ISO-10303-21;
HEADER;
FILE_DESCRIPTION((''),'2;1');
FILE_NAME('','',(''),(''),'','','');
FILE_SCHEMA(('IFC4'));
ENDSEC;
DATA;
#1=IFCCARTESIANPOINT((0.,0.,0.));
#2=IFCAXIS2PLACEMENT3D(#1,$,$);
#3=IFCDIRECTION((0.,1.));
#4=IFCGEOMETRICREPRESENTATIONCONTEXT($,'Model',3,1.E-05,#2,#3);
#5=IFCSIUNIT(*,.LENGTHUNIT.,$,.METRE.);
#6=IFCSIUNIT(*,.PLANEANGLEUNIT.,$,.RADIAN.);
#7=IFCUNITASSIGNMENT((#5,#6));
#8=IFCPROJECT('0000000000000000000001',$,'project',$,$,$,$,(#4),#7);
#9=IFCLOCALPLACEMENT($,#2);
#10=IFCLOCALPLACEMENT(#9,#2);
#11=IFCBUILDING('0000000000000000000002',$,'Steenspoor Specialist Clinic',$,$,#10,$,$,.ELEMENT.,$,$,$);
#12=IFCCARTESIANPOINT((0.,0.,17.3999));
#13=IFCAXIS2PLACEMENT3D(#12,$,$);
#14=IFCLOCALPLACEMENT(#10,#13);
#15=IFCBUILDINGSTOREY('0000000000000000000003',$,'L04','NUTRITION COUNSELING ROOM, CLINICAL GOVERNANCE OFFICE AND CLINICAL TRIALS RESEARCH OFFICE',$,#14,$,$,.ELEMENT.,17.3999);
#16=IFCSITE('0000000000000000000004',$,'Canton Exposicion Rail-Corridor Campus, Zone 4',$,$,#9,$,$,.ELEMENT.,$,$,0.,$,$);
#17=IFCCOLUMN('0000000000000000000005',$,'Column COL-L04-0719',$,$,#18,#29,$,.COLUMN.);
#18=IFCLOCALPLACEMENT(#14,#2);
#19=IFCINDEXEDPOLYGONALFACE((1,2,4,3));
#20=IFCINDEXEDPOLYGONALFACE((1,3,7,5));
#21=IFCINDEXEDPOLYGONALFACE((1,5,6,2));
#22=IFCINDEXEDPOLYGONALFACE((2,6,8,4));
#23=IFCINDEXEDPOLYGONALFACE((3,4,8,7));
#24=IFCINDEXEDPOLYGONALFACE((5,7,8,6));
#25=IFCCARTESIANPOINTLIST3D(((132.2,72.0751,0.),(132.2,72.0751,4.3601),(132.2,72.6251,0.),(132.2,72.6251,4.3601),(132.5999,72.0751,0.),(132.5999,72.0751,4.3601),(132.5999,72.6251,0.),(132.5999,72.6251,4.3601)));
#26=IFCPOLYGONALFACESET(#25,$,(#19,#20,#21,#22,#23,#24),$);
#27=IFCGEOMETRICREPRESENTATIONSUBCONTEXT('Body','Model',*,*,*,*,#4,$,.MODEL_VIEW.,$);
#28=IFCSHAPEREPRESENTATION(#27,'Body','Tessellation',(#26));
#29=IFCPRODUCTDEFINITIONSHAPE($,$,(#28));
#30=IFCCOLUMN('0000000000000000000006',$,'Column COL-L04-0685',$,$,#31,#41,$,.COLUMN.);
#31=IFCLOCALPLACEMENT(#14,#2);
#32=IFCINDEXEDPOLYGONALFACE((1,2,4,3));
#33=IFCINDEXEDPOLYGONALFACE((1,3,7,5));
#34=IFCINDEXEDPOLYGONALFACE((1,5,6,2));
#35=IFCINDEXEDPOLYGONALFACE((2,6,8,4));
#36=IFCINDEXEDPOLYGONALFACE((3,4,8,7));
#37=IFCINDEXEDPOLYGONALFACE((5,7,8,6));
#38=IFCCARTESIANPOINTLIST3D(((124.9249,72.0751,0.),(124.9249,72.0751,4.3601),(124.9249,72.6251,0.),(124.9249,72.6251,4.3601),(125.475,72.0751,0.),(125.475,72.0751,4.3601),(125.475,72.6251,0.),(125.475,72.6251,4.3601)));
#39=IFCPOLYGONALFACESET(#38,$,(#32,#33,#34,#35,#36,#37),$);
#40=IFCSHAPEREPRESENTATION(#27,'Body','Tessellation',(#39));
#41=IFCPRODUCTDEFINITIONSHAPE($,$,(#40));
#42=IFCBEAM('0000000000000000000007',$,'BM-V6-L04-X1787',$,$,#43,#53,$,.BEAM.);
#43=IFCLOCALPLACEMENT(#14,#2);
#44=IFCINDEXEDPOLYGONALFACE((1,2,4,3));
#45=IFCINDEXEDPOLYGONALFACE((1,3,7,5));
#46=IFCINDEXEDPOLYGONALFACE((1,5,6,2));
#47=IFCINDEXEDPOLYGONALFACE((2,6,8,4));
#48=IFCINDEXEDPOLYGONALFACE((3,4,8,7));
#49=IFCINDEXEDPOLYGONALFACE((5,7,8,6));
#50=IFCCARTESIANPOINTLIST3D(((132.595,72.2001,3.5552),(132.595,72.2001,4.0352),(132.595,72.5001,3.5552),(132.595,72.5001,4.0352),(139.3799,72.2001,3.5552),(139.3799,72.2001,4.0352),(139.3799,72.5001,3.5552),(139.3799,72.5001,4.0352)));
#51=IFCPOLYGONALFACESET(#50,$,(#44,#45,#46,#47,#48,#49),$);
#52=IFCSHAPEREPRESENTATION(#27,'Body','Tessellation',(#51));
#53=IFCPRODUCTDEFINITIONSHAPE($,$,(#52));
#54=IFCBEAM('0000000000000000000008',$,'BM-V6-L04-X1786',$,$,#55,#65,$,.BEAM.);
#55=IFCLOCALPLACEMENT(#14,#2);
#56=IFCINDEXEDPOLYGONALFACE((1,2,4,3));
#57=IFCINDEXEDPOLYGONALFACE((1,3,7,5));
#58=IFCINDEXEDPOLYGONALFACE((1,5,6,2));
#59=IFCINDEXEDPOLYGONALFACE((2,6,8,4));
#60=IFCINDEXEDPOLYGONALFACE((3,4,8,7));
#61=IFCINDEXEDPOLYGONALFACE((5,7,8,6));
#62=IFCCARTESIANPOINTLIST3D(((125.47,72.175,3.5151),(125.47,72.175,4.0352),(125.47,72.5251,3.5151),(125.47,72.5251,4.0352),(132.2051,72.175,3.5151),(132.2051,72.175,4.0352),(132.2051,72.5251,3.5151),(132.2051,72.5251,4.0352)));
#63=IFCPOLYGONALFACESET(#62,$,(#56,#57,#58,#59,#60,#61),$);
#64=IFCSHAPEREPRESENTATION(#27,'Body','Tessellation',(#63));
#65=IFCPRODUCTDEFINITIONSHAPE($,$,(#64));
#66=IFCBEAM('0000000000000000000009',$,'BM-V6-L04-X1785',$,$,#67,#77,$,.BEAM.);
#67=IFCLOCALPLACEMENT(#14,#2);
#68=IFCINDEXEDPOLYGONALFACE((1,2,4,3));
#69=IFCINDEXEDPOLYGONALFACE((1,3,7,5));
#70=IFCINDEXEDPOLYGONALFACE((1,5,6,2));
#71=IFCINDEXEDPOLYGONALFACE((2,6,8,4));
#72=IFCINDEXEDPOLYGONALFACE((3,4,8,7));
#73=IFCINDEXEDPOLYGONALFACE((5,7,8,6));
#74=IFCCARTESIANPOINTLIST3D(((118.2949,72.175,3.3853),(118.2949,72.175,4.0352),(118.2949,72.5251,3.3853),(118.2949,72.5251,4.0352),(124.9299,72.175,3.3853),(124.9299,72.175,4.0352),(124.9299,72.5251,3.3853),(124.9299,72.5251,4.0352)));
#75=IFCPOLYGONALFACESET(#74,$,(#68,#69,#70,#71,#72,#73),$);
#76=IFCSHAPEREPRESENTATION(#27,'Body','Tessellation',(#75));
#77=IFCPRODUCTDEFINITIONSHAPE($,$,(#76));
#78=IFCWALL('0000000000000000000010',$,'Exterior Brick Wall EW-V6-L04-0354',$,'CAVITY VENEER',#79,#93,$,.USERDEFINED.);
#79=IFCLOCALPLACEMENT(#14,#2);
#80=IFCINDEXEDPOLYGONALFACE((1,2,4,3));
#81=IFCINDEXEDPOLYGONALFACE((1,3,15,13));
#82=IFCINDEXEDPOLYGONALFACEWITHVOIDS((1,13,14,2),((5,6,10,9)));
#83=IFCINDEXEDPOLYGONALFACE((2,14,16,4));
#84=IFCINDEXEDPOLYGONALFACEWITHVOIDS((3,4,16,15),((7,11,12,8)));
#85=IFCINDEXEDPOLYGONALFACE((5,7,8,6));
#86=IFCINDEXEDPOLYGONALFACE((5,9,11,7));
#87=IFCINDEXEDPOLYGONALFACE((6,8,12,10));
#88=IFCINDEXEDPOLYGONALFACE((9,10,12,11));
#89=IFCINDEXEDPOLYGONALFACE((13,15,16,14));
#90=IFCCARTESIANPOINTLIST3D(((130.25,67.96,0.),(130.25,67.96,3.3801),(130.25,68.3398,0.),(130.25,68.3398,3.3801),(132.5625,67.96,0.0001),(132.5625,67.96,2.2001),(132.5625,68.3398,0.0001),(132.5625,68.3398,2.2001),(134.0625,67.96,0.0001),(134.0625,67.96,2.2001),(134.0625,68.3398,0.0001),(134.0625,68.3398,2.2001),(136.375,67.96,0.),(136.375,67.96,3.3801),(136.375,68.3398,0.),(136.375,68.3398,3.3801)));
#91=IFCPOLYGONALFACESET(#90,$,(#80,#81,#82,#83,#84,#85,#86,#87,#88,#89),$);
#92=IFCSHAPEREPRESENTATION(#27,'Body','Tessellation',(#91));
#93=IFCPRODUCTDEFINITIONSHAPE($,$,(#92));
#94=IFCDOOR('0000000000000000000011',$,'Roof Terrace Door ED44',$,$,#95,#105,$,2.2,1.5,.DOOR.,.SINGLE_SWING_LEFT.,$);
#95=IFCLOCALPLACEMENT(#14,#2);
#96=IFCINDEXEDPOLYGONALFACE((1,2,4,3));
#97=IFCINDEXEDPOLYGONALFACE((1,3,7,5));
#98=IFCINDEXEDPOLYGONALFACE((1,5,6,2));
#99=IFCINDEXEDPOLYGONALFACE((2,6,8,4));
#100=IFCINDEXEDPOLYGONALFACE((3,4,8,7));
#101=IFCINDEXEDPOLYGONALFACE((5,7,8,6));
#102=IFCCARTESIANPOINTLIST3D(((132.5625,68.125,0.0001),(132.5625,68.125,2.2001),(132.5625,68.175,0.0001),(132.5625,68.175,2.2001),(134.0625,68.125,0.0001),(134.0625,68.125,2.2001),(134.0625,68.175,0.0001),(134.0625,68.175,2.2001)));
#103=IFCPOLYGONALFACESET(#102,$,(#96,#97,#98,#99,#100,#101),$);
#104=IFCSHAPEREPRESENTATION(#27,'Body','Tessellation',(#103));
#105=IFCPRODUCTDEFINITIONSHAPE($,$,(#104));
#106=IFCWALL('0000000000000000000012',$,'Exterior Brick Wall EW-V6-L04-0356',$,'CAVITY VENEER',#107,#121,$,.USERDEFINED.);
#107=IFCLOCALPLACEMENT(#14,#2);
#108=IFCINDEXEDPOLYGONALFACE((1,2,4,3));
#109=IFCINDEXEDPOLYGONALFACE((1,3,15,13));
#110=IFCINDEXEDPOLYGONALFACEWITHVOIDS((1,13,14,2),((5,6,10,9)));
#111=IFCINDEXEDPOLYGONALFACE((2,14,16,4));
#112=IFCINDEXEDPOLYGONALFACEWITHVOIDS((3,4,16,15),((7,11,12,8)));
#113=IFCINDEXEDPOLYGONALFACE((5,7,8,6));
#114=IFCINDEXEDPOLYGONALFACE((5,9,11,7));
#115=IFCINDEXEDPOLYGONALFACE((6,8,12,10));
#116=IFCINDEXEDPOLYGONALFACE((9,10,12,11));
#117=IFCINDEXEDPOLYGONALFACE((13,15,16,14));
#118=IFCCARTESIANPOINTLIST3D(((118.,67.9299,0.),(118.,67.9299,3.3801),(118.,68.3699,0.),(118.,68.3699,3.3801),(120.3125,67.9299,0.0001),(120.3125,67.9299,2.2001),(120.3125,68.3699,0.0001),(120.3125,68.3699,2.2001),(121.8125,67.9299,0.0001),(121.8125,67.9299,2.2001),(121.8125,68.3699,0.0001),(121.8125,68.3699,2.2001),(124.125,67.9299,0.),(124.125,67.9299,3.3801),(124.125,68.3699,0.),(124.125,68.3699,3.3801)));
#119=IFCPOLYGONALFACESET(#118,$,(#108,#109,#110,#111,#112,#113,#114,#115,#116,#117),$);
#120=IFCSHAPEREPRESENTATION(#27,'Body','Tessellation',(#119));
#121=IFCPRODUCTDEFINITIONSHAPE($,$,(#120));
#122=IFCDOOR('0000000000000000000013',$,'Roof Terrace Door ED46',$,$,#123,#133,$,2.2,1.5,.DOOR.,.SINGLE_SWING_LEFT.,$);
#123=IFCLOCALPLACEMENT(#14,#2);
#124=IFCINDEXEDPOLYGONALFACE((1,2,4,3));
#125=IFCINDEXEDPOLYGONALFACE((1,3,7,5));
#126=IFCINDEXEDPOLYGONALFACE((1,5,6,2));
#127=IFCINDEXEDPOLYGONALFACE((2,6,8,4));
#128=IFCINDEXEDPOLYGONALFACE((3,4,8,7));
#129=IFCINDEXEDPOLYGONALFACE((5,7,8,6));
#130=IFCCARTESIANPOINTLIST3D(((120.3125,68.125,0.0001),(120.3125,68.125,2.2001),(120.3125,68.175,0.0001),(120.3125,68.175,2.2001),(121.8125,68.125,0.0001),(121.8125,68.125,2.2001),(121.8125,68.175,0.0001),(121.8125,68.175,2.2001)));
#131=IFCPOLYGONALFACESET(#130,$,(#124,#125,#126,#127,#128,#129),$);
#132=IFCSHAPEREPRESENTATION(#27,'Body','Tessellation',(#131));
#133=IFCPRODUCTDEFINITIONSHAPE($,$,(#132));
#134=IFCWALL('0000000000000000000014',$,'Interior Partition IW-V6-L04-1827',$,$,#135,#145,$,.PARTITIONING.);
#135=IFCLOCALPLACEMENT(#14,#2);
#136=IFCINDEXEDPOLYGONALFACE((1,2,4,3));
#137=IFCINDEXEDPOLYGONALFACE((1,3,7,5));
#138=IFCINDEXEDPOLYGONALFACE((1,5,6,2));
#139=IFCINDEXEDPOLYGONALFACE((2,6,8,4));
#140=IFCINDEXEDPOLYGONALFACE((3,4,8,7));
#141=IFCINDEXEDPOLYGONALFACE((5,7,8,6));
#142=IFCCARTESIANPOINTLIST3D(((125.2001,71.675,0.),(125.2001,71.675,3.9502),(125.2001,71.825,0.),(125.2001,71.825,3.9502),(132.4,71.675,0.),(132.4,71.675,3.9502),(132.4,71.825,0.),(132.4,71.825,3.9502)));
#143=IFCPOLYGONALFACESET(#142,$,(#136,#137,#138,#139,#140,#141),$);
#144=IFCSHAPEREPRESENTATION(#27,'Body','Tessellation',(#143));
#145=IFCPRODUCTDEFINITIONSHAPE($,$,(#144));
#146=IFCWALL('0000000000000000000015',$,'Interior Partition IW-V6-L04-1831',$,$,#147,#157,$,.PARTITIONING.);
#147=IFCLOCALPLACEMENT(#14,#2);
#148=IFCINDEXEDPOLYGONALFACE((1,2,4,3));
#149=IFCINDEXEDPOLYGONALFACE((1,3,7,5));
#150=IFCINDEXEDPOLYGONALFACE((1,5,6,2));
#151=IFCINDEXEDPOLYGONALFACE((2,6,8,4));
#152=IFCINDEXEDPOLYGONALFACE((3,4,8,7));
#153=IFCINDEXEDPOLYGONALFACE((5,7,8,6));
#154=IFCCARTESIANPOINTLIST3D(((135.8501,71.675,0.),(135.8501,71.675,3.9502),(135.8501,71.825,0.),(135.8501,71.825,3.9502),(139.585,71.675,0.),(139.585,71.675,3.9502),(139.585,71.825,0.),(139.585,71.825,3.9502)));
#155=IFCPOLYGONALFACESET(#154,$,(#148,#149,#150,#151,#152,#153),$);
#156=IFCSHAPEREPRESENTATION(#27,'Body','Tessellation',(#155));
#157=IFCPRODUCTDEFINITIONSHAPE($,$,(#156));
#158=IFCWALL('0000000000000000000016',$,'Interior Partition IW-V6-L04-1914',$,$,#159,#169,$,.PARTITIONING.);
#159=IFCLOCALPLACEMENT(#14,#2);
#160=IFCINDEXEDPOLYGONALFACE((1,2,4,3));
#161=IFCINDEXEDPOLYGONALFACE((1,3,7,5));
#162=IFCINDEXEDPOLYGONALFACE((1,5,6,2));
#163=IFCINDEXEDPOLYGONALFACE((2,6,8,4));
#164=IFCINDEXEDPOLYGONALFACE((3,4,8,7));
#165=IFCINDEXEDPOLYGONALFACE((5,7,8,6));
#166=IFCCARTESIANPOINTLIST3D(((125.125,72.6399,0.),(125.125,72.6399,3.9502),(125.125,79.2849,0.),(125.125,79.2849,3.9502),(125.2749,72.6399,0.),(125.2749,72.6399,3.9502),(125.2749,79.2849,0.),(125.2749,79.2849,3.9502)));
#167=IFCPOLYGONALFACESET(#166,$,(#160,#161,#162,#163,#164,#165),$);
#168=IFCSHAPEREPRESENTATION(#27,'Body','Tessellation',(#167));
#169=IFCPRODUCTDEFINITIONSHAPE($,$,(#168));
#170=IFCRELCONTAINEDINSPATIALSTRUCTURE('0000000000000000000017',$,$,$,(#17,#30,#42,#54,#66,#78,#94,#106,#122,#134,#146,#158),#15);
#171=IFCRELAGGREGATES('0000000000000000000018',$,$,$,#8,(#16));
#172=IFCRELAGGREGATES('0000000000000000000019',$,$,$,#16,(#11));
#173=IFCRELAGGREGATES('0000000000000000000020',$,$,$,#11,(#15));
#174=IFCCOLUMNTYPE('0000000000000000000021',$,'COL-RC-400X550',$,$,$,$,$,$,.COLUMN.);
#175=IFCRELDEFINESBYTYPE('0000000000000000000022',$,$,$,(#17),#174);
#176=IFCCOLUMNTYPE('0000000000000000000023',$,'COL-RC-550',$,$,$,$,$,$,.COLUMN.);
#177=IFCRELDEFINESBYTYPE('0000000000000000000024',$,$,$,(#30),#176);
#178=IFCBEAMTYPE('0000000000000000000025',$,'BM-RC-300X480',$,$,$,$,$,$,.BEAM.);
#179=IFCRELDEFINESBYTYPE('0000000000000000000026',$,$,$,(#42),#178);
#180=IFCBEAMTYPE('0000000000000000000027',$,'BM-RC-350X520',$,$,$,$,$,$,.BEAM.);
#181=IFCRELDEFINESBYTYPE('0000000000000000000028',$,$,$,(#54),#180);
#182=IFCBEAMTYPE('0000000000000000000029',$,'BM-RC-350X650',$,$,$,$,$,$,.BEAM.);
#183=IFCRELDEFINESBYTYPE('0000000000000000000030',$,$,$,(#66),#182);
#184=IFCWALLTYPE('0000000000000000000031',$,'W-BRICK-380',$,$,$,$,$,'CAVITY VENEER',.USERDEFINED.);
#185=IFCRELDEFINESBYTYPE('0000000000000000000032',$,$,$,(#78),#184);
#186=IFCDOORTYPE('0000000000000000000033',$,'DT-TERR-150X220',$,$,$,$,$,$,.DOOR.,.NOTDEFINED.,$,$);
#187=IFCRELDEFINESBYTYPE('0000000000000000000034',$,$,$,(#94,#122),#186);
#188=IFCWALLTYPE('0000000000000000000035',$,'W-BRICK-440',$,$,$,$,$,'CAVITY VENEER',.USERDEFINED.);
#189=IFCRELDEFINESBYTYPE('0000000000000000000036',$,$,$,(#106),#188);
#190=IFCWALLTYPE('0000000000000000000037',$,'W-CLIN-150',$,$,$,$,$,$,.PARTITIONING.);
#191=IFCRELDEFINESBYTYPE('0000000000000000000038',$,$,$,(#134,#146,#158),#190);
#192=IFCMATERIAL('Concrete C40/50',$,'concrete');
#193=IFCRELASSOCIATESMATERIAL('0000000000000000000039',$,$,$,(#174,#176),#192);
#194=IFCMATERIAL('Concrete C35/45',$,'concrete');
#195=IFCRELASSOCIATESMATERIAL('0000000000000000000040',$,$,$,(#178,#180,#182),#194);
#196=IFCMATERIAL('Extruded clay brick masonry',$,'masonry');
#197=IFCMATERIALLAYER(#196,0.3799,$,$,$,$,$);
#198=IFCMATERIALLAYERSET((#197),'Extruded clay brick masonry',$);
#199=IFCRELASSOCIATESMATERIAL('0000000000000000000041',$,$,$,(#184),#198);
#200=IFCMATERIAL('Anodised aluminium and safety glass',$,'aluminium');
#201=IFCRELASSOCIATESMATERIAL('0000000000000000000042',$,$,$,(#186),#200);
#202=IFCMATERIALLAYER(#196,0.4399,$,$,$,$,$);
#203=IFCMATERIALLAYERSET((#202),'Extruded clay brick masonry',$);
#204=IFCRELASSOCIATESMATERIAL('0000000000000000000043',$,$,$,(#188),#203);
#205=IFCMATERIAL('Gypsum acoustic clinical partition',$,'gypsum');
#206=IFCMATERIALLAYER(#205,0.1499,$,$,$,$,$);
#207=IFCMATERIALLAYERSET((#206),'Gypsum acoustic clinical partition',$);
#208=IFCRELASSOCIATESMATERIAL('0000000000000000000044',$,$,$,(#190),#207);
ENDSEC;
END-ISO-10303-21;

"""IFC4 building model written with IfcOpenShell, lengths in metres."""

from ifc_helpers import new_model, si_unit, direction, frame, frame_2d, origin, origin_2d, place, context, subcontext, project, spatial, rectangle, extrude, material, layer, layer_set, material_profile, profile_set, type_object, element, fill, save


model = new_model("IFC4")

# Units and contexts
model_context = context("Model", 3, precision=1e-05, world=origin(), true_north=direction((0.0, 1.0)))
body_context = subcontext(model_context, "Body", "Model", "MODEL_VIEW")
ifc_project = project(units=[si_unit("LENGTHUNIT", "METRE"), si_unit("PLANEANGLEUNIT", "RADIAN")], contexts=[model_context])

# Site, building, storey
site_placement = place(None, origin())
site = spatial("IfcSite", under=ifc_project, at=site_placement, Name="Canton Exposicion Rail-Corridor Campus, Zone 4", CompositionType="ELEMENT", RefElevation=0.0)
building_placement = place(site_placement, origin())
building = spatial("IfcBuilding", under=site, at=building_placement, Name="Steenspoor Specialist Clinic", CompositionType="ELEMENT")
storey_placement = place(building_placement, frame((0.0, 0.0, 17.3999)))
storey = spatial("IfcBuildingStorey", under=building, at=storey_placement, Name="L04", Description="NUTRITION COUNSELING ROOM, CLINICAL GOVERNANCE OFFICE AND CLINICAL TRIALS RESEARCH OFFICE", CompositionType="ELEMENT", Elevation=17.3999)

# Columns
ifc_material_1 = material(Name="Concrete C40/50", Category="concrete")
ifc_material_profile_1 = material_profile(ifc_material_1, rectangle(XDim=0.3999, YDim=0.55, at=origin_2d()), Name="RC-COL-400X550")
ifc_profile_set_1 = profile_set([ifc_material_profile_1], Name="Concrete C40/50")
column_type_1 = type_object("IfcColumnType", Name="COL-RC-400X550", PredefinedType="COLUMN", material=ifc_profile_set_1)
column_1_placement = place(storey_placement, frame((132.3999, 72.3501, 0.0), z_axis=(0.0, 0.0, 1.0), x_axis=(1.0, 0.0, 0.0)))
element("IfcColumn", 1, at=column_1_placement, inside=storey, type_object=column_type_1, Name="Column COL-L04-0719", PredefinedType="COLUMN", context=body_context, shape_type="SweptSolid", body=[
    extrude(rectangle(XDim=0.3999, YDim=0.55, at=origin_2d()), origin(), (0.0, 0.0, 1.0), 4.3601),
])
ifc_material_profile_2 = material_profile(ifc_material_1, rectangle(XDim=0.55, YDim=0.55, at=origin_2d()), Name="RC-COL-550X550")
ifc_profile_set_2 = profile_set([ifc_material_profile_2], Name="Concrete C40/50")
column_type_2 = type_object("IfcColumnType", Name="COL-RC-550", PredefinedType="COLUMN", material=ifc_profile_set_2)
column_2_placement = place(storey_placement, frame((125.2, 72.3501, 0.0), z_axis=(0.0, 0.0, 1.0), x_axis=(1.0, 0.0, 0.0)))
element("IfcColumn", 2, at=column_2_placement, inside=storey, type_object=column_type_2, Name="Column COL-L04-0685", PredefinedType="COLUMN", context=body_context, shape_type="SweptSolid", body=[
    extrude(rectangle(XDim=0.55, YDim=0.55, at=origin_2d()), origin(), (0.0, 0.0, 1.0), 4.3601),
])

# Beams
ifc_material_2 = material(Name="Concrete C35/45", Category="concrete")
ifc_material_profile_3 = material_profile(ifc_material_2, rectangle(XDim=0.3, YDim=0.48, at=origin_2d()), Name="RC-BM-300X480")
ifc_profile_set_3 = profile_set([ifc_material_profile_3], Name="Concrete C35/45")
beam_type_1 = type_object("IfcBeamType", Name="BM-RC-300X480", PredefinedType="BEAM", material=ifc_profile_set_3)
beam_1_placement = place(storey_placement, frame((132.595, 72.3501, 3.7952), z_axis=(1.0, 0.0, 0.0), x_axis=(0.0, 1.0, 0.0)))
element("IfcBeam", 3, at=beam_1_placement, inside=storey, type_object=beam_type_1, Name="BM-V6-L04-X1787", PredefinedType="BEAM", context=body_context, shape_type="SweptSolid", body=[
    extrude(rectangle(XDim=0.3, YDim=0.48, at=origin_2d()), origin(), (0.0, 0.0, 1.0), 6.7849),
])
ifc_material_profile_4 = material_profile(ifc_material_2, rectangle(XDim=0.3501, YDim=0.52, at=origin_2d()), Name="RC-BM-350X520")
ifc_profile_set_4 = profile_set([ifc_material_profile_4], Name="Concrete C35/45")
beam_type_2 = type_object("IfcBeamType", Name="BM-RC-350X520", PredefinedType="BEAM", material=ifc_profile_set_4)
beam_2_placement = place(storey_placement, frame((125.47, 72.3501, 3.7751), z_axis=(1.0, 0.0, 0.0), x_axis=(0.0, 1.0, 0.0)))
element("IfcBeam", 4, at=beam_2_placement, inside=storey, type_object=beam_type_2, Name="BM-V6-L04-X1786", PredefinedType="BEAM", context=body_context, shape_type="SweptSolid", body=[
    extrude(rectangle(XDim=0.3501, YDim=0.52, at=origin_2d()), origin(), (0.0, 0.0, 1.0), 6.7351),
])
ifc_material_profile_5 = material_profile(ifc_material_2, rectangle(XDim=0.3501, YDim=0.6499, at=origin_2d()), Name="RC-BM-350X650")
ifc_profile_set_5 = profile_set([ifc_material_profile_5], Name="Concrete C35/45")
beam_type_3 = type_object("IfcBeamType", Name="BM-RC-350X650", PredefinedType="BEAM", material=ifc_profile_set_5)
beam_3_placement = place(storey_placement, frame((118.2949, 72.3501, 3.7102), z_axis=(1.0, 0.0, 0.0), x_axis=(0.0, 1.0, 0.0)))
element("IfcBeam", 5, at=beam_3_placement, inside=storey, type_object=beam_type_3, Name="BM-V6-L04-X1785", PredefinedType="BEAM", context=body_context, shape_type="SweptSolid", body=[
    extrude(rectangle(XDim=0.3501, YDim=0.6499, at=origin_2d()), origin(), (0.0, 0.0, 1.0), 6.635),
])

# Walls, openings, doors
ifc_material_3 = material(Name="Extruded clay brick masonry", Category="masonry")
ifc_layer_1 = layer(ifc_material_3, 0.3799)
ifc_layer_set_1 = layer_set([ifc_layer_1], Name="Extruded clay brick masonry")
wall_type_1 = type_object("IfcWallType", Name="W-BRICK-380", ElementType="CAVITY VENEER", PredefinedType="USERDEFINED", material=ifc_layer_set_1)
wall_1_placement = place(storey_placement, frame((136.375, 68.1499, 0.0), z_axis=(0.0, 0.0, 1.0), x_axis=(-1.0, 0.0, 0.0)))
wall_1 = element("IfcWall", 6, at=wall_1_placement, inside=storey, type_object=wall_type_1, Name="Exterior Brick Wall EW-V6-L04-0354", ObjectType="CAVITY VENEER", PredefinedType="USERDEFINED", context=body_context, shape_type="SweptSolid", body=[
    extrude(rectangle(XDim=6.125, YDim=0.3799, at=frame_2d((3.0625, 0.0))), origin(), (0.0, 0.0, 1.0), 3.3801),
])
opening_1_placement = place(wall_1_placement, frame((2.3125, 0.0, 0.0)))
opening_1 = element("IfcOpeningElement", 7, at=opening_1_placement, cuts=wall_1, PredefinedType="OPENING", context=body_context, shape_type="SweptSolid", body=[
    extrude(rectangle(XDim=1.5, YDim=2.2, at=frame_2d((0.75, 1.1001))), frame((0.0, 0.2, 0.0), z_axis=(0.0, -1.0, 0.0), x_axis=(1.0, 0.0, 0.0)), (0.0, 0.0, 1.0), 0.3999),
])
ifc_material_4 = material(Name="Anodised aluminium and safety glass", Category="aluminium")
door_type_1 = type_object("IfcDoorType", Name="DT-TERR-150X220", OperationType="NOTDEFINED", PredefinedType="DOOR", material=ifc_material_4)
door_1_placement = place(opening_1_placement, origin())
door_1 = element("IfcDoor", 8, at=door_1_placement, inside=storey, type_object=door_type_1, Name="Roof Terrace Door ED44", OperationType="SINGLE_SWING_LEFT", OverallHeight=2.2, OverallWidth=1.5, PredefinedType="DOOR", context=body_context, shape_type="SweptSolid", body=[
    extrude(rectangle(XDim=1.5, YDim=2.2, at=frame_2d((0.75, 1.1001))), frame((0.0, 0.0249, 0.0), z_axis=(0.0, -1.0, 0.0), x_axis=(1.0, 0.0, 0.0)), (0.0, 0.0, 1.0), 0.05),
])
fill(opening_1, door_1)
ifc_layer_2 = layer(ifc_material_3, 0.4399)
ifc_layer_set_2 = layer_set([ifc_layer_2], Name="Extruded clay brick masonry")
wall_type_2 = type_object("IfcWallType", Name="W-BRICK-440", ElementType="CAVITY VENEER", PredefinedType="USERDEFINED", material=ifc_layer_set_2)
wall_2_placement = place(storey_placement, frame((124.125, 68.1499, 0.0), z_axis=(0.0, 0.0, 1.0), x_axis=(-1.0, 0.0, 0.0)))
wall_2 = element("IfcWall", 9, at=wall_2_placement, inside=storey, type_object=wall_type_2, Name="Exterior Brick Wall EW-V6-L04-0356", ObjectType="CAVITY VENEER", PredefinedType="USERDEFINED", context=body_context, shape_type="SweptSolid", body=[
    extrude(rectangle(XDim=6.125, YDim=0.4399, at=frame_2d((3.0625, 0.0))), origin(), (0.0, 0.0, 1.0), 3.3801),
])
opening_2_placement = place(wall_2_placement, frame((2.3125, 0.0, 0.0)))
opening_2 = element("IfcOpeningElement", 10, at=opening_2_placement, cuts=wall_2, PredefinedType="OPENING", context=body_context, shape_type="SweptSolid", body=[
    extrude(rectangle(XDim=1.5, YDim=2.2, at=frame_2d((0.75, 1.1001))), frame((0.0, 0.23, 0.0), z_axis=(0.0, -1.0, 0.0), x_axis=(1.0, 0.0, 0.0)), (0.0, 0.0, 1.0), 0.46),
])
door_2_placement = place(opening_2_placement, origin())
door_2 = element("IfcDoor", 11, at=door_2_placement, inside=storey, type_object=door_type_1, Name="Roof Terrace Door ED46", OperationType="SINGLE_SWING_LEFT", OverallHeight=2.2, OverallWidth=1.5, PredefinedType="DOOR", context=body_context, shape_type="SweptSolid", body=[
    extrude(rectangle(XDim=1.5, YDim=2.2, at=frame_2d((0.75, 1.1001))), frame((0.0, 0.0249, 0.0), z_axis=(0.0, -1.0, 0.0), x_axis=(1.0, 0.0, 0.0)), (0.0, 0.0, 1.0), 0.05),
])
fill(opening_2, door_2)

# Walls
ifc_material_5 = material(Name="Gypsum acoustic clinical partition", Category="gypsum")
ifc_layer_3 = layer(ifc_material_5, 0.1499)
ifc_layer_set_3 = layer_set([ifc_layer_3], Name="Gypsum acoustic clinical partition")
wall_type_3 = type_object("IfcWallType", Name="W-CLIN-150", PredefinedType="PARTITIONING", material=ifc_layer_set_3)
wall_3_placement = place(storey_placement, frame((125.2, 71.75, 0.0), z_axis=(0.0, 0.0, 1.0), x_axis=(1.0, 0.0, 0.0)))
element("IfcWall", 12, at=wall_3_placement, inside=storey, type_object=wall_type_3, Name="Interior Partition IW-V6-L04-1827", PredefinedType="PARTITIONING", context=body_context, shape_type="SweptSolid", body=[
    extrude(rectangle(XDim=7.2, YDim=0.1499, at=frame_2d((3.6001, 0.0))), origin(), (0.0, 0.0, 1.0), 3.9502),
])
wall_4_placement = place(storey_placement, frame((135.8501, 71.75, 0.0), z_axis=(0.0, 0.0, 1.0), x_axis=(1.0, 0.0, 0.0)))
element("IfcWall", 13, at=wall_4_placement, inside=storey, type_object=wall_type_3, Name="Interior Partition IW-V6-L04-1831", PredefinedType="PARTITIONING", context=body_context, shape_type="SweptSolid", body=[
    extrude(rectangle(XDim=3.7349, YDim=0.1499, at=frame_2d((1.8674, 0.0))), origin(), (0.0, 0.0, 1.0), 3.9502),
])
wall_5_placement = place(storey_placement, frame((125.2, 72.6399, 0.0), z_axis=(0.0, 0.0, 1.0), x_axis=(0.0, 1.0, 0.0)))
element("IfcWall", 14, at=wall_5_placement, inside=storey, type_object=wall_type_3, Name="Interior Partition IW-V6-L04-1914", PredefinedType="PARTITIONING", context=body_context, shape_type="SweptSolid", body=[
    extrude(rectangle(XDim=6.645, YDim=0.1499, at=frame_2d((3.3225, 0.0))), origin(), (0.0, 0.0, 1.0), 3.9502),
])

save(model, "model.ifc")
